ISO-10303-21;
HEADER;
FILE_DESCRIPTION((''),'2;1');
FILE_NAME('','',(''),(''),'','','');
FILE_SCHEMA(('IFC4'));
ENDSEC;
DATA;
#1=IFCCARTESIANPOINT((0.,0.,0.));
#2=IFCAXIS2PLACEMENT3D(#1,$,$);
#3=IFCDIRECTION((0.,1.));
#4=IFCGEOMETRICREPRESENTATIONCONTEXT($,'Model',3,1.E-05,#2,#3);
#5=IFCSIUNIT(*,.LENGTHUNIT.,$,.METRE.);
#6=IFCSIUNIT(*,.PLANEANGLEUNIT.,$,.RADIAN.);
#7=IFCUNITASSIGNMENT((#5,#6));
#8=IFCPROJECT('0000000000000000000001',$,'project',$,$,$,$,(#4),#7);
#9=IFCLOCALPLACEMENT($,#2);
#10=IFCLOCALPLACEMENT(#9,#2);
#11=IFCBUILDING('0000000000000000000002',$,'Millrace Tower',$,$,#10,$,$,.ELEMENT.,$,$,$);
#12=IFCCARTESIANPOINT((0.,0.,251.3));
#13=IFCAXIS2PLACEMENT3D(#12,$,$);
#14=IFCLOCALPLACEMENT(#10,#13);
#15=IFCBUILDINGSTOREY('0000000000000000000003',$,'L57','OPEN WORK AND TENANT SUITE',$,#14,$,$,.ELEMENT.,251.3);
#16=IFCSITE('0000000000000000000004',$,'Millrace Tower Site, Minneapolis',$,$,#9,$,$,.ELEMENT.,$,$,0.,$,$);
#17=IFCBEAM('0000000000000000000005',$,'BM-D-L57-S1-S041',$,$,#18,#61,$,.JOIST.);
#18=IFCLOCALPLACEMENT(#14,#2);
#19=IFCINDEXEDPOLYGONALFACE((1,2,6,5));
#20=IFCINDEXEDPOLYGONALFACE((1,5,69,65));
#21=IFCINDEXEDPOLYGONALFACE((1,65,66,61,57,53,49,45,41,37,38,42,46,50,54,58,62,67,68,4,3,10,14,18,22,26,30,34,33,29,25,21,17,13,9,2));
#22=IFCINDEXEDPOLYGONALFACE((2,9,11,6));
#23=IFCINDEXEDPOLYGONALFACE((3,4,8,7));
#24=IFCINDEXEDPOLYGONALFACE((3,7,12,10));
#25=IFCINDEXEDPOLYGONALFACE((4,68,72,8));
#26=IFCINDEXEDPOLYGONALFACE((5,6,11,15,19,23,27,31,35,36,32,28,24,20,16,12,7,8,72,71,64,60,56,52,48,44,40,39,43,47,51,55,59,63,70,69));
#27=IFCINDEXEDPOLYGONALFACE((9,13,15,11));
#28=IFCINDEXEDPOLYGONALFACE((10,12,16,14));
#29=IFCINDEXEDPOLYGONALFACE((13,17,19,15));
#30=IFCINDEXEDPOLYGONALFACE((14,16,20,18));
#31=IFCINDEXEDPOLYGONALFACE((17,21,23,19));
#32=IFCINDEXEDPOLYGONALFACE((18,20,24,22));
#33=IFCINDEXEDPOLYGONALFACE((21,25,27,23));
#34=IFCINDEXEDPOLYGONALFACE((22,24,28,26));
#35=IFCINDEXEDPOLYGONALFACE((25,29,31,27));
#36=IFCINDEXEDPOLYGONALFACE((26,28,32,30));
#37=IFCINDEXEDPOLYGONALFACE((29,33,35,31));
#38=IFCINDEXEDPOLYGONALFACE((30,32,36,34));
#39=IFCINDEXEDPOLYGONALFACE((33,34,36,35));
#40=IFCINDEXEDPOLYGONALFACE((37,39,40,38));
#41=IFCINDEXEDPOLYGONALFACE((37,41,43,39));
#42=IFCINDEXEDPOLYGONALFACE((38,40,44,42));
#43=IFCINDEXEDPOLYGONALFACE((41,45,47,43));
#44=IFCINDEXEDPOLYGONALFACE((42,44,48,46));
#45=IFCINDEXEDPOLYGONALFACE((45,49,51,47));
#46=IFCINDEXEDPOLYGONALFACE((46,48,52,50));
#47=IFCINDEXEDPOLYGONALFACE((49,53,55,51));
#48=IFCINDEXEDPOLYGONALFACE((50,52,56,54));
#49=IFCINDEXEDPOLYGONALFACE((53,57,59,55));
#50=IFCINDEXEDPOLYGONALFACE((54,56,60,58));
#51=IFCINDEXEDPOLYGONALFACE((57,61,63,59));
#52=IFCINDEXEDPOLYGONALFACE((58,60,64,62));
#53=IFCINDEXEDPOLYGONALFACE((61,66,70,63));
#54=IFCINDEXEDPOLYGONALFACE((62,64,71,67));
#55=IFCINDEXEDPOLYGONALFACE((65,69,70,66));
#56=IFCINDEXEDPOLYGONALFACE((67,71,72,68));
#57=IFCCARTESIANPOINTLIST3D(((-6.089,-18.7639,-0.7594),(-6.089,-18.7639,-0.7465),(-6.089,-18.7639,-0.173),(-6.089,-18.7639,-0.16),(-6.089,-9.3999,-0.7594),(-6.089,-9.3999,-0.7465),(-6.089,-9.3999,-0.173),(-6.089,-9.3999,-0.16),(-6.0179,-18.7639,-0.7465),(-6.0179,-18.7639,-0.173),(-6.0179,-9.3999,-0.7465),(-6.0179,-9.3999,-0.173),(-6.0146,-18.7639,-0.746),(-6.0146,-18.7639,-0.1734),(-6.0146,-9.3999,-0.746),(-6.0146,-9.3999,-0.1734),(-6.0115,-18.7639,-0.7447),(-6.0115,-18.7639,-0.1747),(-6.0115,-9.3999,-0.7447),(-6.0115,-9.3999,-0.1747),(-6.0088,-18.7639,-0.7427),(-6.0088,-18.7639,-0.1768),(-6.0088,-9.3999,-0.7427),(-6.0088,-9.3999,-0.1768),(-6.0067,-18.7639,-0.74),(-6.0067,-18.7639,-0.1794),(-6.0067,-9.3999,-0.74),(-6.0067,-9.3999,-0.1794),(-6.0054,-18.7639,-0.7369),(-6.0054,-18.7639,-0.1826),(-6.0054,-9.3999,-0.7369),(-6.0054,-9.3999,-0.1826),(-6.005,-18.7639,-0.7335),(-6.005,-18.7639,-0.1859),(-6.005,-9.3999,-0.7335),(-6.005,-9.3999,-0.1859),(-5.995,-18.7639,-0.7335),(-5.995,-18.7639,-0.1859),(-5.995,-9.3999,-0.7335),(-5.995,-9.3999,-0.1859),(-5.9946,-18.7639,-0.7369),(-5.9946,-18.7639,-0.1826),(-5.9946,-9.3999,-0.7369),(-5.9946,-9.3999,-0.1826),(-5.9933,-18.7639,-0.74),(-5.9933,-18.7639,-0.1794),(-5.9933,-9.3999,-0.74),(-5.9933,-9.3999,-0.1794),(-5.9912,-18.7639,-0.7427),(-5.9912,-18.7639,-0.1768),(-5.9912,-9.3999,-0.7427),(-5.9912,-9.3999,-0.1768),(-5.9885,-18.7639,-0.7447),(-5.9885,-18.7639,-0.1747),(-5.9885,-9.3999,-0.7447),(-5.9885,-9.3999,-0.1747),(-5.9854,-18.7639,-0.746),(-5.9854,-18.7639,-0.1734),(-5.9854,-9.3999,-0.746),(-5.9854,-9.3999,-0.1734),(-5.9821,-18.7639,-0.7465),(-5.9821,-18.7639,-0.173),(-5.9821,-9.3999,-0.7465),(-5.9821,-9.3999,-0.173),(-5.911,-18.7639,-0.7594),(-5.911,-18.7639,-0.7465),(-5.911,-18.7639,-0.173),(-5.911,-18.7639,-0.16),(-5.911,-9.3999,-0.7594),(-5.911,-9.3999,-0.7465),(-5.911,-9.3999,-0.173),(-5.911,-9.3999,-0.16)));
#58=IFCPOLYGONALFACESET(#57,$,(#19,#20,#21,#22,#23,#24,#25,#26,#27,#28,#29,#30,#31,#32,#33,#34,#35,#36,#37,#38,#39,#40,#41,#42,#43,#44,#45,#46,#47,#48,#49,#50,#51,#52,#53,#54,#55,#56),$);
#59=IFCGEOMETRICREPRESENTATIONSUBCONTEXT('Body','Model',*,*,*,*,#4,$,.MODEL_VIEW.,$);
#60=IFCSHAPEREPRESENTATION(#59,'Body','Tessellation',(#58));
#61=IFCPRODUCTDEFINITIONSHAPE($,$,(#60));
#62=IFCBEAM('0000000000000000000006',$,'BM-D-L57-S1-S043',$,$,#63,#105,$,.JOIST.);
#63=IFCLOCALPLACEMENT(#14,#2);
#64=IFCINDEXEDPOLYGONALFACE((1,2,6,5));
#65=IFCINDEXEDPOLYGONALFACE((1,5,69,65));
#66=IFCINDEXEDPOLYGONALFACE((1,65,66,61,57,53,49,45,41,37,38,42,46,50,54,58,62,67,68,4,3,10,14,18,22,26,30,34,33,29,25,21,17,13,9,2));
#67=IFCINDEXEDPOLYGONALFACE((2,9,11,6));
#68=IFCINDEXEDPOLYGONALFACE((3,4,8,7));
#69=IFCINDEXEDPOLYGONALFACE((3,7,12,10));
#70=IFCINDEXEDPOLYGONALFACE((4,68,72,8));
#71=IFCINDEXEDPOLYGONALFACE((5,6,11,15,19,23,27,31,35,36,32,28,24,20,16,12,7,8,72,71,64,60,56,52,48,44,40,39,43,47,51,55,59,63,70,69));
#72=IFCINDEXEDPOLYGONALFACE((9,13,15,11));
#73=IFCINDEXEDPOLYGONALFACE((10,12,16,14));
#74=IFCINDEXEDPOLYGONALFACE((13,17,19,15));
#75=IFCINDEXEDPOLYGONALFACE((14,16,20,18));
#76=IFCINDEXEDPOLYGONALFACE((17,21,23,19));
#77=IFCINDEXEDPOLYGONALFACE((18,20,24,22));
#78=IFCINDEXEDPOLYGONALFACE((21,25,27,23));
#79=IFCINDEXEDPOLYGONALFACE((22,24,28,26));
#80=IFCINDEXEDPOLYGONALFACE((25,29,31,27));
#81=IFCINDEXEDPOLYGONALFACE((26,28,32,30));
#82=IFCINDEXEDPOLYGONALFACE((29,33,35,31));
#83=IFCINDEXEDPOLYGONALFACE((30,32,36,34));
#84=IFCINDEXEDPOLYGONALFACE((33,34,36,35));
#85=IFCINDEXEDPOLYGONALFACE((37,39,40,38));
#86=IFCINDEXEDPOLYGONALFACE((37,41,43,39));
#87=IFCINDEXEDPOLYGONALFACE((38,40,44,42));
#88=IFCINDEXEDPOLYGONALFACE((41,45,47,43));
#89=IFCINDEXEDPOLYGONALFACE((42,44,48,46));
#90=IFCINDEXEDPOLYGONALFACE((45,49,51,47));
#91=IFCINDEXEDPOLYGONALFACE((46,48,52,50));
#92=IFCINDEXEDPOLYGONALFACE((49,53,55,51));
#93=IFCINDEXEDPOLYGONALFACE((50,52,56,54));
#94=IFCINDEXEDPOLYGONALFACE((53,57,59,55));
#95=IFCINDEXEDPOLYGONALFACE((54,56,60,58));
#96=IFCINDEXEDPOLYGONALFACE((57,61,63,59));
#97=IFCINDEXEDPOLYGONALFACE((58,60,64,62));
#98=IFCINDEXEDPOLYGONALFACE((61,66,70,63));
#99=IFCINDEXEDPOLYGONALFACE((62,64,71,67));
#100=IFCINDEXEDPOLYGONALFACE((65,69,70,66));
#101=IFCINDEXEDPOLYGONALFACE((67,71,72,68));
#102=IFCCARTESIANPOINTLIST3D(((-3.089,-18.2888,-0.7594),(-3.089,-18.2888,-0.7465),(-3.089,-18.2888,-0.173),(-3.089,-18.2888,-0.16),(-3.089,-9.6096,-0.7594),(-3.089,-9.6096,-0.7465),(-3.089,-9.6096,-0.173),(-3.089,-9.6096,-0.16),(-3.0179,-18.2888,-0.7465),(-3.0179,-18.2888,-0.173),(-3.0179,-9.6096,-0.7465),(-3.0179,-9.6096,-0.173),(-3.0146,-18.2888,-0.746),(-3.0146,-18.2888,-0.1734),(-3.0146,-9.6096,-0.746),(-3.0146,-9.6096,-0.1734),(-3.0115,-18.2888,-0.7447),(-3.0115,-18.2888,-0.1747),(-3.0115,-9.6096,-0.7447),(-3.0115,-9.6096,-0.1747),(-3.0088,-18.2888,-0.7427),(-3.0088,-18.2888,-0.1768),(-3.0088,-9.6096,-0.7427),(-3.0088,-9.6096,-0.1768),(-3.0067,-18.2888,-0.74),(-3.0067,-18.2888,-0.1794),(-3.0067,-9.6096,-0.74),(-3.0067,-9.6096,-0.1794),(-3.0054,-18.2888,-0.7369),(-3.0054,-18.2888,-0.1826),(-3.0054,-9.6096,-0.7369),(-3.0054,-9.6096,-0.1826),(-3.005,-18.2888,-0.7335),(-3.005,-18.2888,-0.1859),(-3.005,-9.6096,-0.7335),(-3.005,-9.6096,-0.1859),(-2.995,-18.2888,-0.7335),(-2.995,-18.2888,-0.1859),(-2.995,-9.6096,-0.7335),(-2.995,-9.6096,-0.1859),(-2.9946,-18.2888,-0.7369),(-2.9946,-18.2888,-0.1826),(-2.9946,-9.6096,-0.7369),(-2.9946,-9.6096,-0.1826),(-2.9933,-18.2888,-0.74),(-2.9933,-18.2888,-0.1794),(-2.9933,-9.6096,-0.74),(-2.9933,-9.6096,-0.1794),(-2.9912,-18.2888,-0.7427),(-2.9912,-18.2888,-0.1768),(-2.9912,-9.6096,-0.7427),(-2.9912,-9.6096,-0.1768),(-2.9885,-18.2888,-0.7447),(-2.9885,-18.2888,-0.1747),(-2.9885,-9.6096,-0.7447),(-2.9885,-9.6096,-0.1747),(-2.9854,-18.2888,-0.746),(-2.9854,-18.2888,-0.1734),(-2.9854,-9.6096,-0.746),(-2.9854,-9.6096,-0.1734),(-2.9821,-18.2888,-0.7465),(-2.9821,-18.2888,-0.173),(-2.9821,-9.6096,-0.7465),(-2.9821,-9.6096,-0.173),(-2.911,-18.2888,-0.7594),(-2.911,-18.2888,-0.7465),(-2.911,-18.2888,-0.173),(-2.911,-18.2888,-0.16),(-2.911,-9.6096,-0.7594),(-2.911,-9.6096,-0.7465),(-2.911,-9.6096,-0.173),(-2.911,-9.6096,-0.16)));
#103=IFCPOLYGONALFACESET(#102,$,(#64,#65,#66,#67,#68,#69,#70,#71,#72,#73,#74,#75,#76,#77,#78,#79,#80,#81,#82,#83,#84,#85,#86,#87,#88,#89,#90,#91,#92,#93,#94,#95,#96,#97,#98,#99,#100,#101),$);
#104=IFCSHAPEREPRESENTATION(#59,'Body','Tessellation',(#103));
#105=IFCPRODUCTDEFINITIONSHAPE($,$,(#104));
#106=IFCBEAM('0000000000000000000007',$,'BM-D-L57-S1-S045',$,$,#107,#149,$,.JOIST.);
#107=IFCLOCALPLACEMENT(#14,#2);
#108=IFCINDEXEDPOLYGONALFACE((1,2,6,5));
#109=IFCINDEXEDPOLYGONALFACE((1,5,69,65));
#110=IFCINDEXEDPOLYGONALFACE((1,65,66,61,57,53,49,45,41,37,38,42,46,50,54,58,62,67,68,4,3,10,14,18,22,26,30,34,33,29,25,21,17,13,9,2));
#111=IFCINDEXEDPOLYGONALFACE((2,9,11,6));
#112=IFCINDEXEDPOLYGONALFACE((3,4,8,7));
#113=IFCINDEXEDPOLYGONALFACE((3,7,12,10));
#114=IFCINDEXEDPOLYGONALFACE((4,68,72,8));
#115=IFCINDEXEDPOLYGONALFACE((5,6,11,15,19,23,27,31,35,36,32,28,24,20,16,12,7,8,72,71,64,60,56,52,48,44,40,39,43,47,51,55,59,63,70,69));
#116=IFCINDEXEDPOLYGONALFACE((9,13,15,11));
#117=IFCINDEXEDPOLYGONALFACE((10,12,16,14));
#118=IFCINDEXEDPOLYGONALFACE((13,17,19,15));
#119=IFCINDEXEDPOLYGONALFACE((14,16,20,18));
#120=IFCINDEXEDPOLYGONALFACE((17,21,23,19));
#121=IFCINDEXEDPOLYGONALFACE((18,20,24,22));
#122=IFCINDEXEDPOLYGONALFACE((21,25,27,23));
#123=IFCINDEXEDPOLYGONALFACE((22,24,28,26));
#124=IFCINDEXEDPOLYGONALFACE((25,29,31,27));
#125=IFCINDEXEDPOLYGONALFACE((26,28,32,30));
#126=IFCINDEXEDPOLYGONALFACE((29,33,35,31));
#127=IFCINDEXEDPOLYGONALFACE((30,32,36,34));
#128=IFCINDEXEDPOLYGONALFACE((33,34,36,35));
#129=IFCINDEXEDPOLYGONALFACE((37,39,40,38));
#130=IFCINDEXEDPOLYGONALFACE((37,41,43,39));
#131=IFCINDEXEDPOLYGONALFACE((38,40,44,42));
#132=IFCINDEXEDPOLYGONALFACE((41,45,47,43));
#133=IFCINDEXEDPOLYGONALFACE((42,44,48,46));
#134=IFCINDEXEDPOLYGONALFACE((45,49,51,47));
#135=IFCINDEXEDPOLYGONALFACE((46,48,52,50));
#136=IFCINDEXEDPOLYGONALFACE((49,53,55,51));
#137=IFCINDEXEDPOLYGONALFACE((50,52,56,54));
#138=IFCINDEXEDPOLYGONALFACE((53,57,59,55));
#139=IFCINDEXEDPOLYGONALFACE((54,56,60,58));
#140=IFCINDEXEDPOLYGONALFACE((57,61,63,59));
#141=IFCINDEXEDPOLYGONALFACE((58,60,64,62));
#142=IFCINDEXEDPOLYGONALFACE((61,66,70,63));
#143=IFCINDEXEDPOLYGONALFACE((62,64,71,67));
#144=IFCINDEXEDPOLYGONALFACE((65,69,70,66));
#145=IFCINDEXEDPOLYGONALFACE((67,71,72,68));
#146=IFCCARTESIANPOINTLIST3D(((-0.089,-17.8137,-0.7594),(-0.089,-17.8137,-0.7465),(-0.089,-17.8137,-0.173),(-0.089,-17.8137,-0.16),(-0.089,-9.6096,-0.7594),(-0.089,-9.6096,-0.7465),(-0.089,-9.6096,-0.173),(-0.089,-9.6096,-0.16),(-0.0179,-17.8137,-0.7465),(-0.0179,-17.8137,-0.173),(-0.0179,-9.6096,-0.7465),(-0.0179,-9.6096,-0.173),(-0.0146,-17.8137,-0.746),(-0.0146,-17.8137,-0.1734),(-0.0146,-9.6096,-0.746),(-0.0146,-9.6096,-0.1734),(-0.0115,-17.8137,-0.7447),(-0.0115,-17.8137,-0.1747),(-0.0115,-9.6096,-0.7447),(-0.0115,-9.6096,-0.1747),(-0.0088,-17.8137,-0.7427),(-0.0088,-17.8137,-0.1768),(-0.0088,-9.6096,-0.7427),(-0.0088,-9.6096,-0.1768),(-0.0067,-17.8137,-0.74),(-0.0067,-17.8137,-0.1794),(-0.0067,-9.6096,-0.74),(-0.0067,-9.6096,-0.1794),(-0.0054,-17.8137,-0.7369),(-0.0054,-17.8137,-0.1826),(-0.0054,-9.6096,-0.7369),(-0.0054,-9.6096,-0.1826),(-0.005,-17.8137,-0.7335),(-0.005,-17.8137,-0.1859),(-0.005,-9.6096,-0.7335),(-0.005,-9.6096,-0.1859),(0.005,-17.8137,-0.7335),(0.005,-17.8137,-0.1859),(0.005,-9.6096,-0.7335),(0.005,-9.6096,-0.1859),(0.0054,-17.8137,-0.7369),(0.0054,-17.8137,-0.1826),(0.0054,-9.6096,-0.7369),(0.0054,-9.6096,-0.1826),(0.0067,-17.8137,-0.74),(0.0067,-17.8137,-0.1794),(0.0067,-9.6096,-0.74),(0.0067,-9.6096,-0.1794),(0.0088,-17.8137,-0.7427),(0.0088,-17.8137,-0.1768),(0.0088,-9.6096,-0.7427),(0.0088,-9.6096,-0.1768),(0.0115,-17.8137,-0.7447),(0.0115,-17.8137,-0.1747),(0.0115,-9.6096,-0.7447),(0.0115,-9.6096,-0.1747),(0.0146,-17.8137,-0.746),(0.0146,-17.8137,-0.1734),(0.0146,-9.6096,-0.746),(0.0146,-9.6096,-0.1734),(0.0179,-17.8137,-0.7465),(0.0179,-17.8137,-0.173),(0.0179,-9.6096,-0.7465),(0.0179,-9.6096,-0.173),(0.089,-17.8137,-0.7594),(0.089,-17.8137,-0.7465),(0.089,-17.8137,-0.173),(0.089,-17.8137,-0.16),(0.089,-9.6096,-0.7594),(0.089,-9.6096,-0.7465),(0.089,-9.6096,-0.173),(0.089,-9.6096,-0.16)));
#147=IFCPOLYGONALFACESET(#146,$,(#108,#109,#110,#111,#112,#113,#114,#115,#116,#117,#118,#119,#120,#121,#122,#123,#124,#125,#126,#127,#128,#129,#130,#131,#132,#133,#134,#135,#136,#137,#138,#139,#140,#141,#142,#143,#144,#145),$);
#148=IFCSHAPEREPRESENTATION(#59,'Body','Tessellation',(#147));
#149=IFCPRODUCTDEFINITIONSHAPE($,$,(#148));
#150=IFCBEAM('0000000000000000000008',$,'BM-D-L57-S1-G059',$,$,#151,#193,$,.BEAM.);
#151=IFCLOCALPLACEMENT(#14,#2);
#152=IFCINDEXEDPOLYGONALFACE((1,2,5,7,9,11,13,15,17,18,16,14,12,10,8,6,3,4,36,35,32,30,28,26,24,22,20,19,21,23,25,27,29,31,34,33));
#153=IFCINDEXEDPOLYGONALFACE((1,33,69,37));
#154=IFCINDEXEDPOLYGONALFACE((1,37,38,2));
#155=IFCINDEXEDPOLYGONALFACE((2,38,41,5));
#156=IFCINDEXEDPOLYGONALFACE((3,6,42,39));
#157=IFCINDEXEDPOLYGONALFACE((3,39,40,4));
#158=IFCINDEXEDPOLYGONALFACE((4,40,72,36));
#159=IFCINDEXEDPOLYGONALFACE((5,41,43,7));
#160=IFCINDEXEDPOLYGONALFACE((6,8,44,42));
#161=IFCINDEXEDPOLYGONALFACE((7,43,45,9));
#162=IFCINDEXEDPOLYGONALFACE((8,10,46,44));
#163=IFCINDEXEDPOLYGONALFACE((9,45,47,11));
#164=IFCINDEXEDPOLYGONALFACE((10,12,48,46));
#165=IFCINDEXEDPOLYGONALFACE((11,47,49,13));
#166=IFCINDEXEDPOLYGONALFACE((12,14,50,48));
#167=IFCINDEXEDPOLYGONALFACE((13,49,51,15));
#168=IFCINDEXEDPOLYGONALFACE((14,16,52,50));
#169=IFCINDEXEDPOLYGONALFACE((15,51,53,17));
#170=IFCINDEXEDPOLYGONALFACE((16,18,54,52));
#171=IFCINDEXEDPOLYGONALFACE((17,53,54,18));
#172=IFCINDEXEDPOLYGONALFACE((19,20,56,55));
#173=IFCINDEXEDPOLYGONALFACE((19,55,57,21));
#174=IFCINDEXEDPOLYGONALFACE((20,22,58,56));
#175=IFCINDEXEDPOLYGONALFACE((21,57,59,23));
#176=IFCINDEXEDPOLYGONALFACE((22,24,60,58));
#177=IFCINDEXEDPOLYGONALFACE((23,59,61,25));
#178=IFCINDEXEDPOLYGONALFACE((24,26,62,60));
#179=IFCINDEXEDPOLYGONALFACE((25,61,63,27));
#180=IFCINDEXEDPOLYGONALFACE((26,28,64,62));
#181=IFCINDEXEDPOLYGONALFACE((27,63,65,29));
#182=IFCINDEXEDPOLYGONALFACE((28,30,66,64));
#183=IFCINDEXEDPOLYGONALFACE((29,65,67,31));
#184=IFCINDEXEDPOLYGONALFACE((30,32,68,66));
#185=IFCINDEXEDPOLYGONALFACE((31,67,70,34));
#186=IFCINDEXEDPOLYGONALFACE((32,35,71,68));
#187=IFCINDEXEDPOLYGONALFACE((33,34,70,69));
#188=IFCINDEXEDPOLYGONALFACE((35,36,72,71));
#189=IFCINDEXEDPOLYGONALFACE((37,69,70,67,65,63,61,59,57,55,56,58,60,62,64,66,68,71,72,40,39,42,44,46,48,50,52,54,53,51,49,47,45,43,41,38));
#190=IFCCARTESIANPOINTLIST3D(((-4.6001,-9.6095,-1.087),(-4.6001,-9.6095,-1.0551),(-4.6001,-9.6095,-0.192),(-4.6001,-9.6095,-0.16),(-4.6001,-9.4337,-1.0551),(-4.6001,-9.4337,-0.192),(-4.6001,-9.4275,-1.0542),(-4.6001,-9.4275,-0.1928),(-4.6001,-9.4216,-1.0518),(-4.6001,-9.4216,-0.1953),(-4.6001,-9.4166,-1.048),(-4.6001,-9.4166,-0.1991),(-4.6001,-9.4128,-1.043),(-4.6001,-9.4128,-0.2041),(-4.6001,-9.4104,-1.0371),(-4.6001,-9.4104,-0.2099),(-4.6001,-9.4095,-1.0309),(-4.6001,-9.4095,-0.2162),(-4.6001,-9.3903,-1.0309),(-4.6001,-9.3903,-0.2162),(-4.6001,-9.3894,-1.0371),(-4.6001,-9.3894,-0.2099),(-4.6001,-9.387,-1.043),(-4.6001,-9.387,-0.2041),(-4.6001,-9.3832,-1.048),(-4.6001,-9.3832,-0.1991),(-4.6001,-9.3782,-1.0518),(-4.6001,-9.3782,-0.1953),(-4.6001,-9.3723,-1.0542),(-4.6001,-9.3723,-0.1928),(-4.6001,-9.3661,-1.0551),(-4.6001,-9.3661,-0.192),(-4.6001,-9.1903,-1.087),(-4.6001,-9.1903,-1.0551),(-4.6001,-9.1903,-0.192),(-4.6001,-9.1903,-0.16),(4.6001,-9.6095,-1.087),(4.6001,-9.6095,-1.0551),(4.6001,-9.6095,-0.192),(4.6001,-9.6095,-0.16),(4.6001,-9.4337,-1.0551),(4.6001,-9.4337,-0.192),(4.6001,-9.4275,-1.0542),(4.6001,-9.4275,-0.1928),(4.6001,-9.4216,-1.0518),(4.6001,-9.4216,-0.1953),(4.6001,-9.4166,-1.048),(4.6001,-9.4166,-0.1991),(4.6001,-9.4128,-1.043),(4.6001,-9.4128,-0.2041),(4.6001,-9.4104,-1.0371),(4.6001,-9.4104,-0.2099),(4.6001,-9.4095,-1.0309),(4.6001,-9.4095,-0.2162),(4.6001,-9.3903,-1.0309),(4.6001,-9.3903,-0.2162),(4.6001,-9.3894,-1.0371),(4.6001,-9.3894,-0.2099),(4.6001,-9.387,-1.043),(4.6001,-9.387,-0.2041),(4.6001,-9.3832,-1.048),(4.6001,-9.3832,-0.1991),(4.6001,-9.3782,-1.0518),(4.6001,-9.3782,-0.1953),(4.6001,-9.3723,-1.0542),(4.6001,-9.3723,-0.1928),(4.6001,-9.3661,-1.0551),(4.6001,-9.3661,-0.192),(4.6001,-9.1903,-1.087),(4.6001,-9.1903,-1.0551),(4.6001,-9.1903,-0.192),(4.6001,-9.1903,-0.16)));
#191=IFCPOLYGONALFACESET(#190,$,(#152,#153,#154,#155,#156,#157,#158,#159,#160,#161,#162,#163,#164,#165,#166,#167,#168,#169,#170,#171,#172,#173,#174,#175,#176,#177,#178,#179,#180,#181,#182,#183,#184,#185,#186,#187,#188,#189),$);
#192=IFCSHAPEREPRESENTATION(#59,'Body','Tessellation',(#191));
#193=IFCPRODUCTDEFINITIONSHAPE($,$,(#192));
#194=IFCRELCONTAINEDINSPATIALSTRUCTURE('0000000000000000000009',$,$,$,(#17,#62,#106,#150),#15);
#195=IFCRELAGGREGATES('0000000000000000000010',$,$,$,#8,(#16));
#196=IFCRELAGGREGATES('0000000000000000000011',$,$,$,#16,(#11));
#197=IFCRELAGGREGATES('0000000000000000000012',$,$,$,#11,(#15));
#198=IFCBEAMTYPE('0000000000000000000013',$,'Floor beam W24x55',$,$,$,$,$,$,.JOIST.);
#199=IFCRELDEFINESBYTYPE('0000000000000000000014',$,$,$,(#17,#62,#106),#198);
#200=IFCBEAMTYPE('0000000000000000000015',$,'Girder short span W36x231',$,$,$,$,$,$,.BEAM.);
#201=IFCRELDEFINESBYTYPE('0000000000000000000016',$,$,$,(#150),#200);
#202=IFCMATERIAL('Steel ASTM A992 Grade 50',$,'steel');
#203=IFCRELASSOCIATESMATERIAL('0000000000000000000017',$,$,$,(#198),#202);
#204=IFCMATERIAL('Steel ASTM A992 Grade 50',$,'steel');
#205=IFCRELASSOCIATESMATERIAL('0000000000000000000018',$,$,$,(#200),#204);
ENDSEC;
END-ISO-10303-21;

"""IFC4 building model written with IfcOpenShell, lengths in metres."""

from ifc_helpers import new_model, si_unit, direction, frame, origin, origin_2d, place, context, subcontext, project, spatial, i_section, extrude, material, material_profile, profile_set, type_object, element, save


model = new_model("IFC4")

# Units and contexts
model_context = context("Model", 3, precision=1e-05, world=origin(), true_north=direction((0.0, 1.0)))
body_context = subcontext(model_context, "Body", "Model", "MODEL_VIEW")
ifc_project = project(units=[si_unit("LENGTHUNIT", "METRE"), si_unit("PLANEANGLEUNIT", "RADIAN")], contexts=[model_context])

# Site, building, storey
site_placement = place(None, origin())
site = spatial("IfcSite", under=ifc_project, at=site_placement, Name="Millrace Tower Site, Minneapolis", CompositionType="ELEMENT", RefElevation=0.0)
building_placement = place(site_placement, origin())
building = spatial("IfcBuilding", under=site, at=building_placement, Name="Millrace Tower", CompositionType="ELEMENT")
storey_placement = place(building_placement, frame((0.0, 0.0, 251.3)))
storey = spatial("IfcBuildingStorey", under=building, at=storey_placement, Name="L57", Description="OPEN WORK AND TENANT SUITE", CompositionType="ELEMENT", Elevation=251.3)

# Beams
ifc_material_1 = material(Name="Steel ASTM A992 Grade 50", Category="steel")
ifc_material_profile_1 = material_profile(ifc_material_1, i_section(OverallWidth=0.178, OverallDepth=0.5994, WebThickness=0.01, FlangeThickness=0.0129, FilletRadius=0.0129, at=origin_2d()))
ifc_profile_set_1 = profile_set([ifc_material_profile_1], Name="Steel ASTM A992 Grade 50")
beam_type_1 = type_object("IfcBeamType", Name="Floor beam W24x55", PredefinedType="JOIST", material=ifc_profile_set_1)
beam_1_placement = place(storey_placement, frame((-6.0, -18.7639, -0.4597), z_axis=(0.0, 1.0, 0.0), x_axis=(-1.0, 0.0, 0.0)))
element("IfcBeam", 1, at=beam_1_placement, inside=storey, type_object=beam_type_1, Name="BM-D-L57-S1-S041", PredefinedType="JOIST", context=body_context, shape_type="SweptSolid", body=[
    extrude(i_section(OverallWidth=0.178, OverallDepth=0.5994, WebThickness=0.01, FlangeThickness=0.0129, FilletRadius=0.0129, at=origin_2d()), origin(), (0.0, 0.0, 1.0), 9.364),
])
beam_2_placement = place(storey_placement, frame((-3.0, -18.2888, -0.4597), z_axis=(0.0, 1.0, 0.0), x_axis=(-1.0, 0.0, 0.0)))
element("IfcBeam", 2, at=beam_2_placement, inside=storey, type_object=beam_type_1, Name="BM-D-L57-S1-S043", PredefinedType="JOIST", context=body_context, shape_type="SweptSolid", body=[
    extrude(i_section(OverallWidth=0.178, OverallDepth=0.5994, WebThickness=0.01, FlangeThickness=0.0129, FilletRadius=0.0129, at=origin_2d()), origin(), (0.0, 0.0, 1.0), 8.6792),
])
beam_3_placement = place(storey_placement, frame((0.0, -17.8137, -0.4597), z_axis=(0.0, 1.0, 0.0), x_axis=(-1.0, 0.0, 0.0)))
element("IfcBeam", 3, at=beam_3_placement, inside=storey, type_object=beam_type_1, Name="BM-D-L57-S1-S045", PredefinedType="JOIST", context=body_context, shape_type="SweptSolid", body=[
    extrude(i_section(OverallWidth=0.178, OverallDepth=0.5994, WebThickness=0.01, FlangeThickness=0.0129, FilletRadius=0.0129, at=origin_2d()), origin(), (0.0, 0.0, 1.0), 8.2041),
])
ifc_material_2 = material(Name="Steel ASTM A992 Grade 50", Category="steel")
ifc_material_profile_2 = material_profile(ifc_material_2, i_section(OverallWidth=0.4192, OverallDepth=0.927, WebThickness=0.0193, FlangeThickness=0.032, FilletRadius=0.0242, at=origin_2d()))
ifc_profile_set_2 = profile_set([ifc_material_profile_2], Name="Steel ASTM A992 Grade 50")
beam_type_2 = type_object("IfcBeamType", Name="Girder short span W36x231", PredefinedType="BEAM", material=ifc_profile_set_2)
beam_4_placement = place(storey_placement, frame((-4.6001, -9.3999, -0.6235), z_axis=(1.0, 0.0, 0.0), x_axis=(0.0, 1.0, 0.0)))
element("IfcBeam", 4, at=beam_4_placement, inside=storey, type_object=beam_type_2, Name="BM-D-L57-S1-G059", PredefinedType="BEAM", context=body_context, shape_type="SweptSolid", body=[
    extrude(i_section(OverallWidth=0.4192, OverallDepth=0.927, WebThickness=0.0193, FlangeThickness=0.032, FilletRadius=0.0242, at=origin_2d()), origin(), (0.0, 0.0, 1.0), 9.2002),
])

save(model, "model.ifc")
